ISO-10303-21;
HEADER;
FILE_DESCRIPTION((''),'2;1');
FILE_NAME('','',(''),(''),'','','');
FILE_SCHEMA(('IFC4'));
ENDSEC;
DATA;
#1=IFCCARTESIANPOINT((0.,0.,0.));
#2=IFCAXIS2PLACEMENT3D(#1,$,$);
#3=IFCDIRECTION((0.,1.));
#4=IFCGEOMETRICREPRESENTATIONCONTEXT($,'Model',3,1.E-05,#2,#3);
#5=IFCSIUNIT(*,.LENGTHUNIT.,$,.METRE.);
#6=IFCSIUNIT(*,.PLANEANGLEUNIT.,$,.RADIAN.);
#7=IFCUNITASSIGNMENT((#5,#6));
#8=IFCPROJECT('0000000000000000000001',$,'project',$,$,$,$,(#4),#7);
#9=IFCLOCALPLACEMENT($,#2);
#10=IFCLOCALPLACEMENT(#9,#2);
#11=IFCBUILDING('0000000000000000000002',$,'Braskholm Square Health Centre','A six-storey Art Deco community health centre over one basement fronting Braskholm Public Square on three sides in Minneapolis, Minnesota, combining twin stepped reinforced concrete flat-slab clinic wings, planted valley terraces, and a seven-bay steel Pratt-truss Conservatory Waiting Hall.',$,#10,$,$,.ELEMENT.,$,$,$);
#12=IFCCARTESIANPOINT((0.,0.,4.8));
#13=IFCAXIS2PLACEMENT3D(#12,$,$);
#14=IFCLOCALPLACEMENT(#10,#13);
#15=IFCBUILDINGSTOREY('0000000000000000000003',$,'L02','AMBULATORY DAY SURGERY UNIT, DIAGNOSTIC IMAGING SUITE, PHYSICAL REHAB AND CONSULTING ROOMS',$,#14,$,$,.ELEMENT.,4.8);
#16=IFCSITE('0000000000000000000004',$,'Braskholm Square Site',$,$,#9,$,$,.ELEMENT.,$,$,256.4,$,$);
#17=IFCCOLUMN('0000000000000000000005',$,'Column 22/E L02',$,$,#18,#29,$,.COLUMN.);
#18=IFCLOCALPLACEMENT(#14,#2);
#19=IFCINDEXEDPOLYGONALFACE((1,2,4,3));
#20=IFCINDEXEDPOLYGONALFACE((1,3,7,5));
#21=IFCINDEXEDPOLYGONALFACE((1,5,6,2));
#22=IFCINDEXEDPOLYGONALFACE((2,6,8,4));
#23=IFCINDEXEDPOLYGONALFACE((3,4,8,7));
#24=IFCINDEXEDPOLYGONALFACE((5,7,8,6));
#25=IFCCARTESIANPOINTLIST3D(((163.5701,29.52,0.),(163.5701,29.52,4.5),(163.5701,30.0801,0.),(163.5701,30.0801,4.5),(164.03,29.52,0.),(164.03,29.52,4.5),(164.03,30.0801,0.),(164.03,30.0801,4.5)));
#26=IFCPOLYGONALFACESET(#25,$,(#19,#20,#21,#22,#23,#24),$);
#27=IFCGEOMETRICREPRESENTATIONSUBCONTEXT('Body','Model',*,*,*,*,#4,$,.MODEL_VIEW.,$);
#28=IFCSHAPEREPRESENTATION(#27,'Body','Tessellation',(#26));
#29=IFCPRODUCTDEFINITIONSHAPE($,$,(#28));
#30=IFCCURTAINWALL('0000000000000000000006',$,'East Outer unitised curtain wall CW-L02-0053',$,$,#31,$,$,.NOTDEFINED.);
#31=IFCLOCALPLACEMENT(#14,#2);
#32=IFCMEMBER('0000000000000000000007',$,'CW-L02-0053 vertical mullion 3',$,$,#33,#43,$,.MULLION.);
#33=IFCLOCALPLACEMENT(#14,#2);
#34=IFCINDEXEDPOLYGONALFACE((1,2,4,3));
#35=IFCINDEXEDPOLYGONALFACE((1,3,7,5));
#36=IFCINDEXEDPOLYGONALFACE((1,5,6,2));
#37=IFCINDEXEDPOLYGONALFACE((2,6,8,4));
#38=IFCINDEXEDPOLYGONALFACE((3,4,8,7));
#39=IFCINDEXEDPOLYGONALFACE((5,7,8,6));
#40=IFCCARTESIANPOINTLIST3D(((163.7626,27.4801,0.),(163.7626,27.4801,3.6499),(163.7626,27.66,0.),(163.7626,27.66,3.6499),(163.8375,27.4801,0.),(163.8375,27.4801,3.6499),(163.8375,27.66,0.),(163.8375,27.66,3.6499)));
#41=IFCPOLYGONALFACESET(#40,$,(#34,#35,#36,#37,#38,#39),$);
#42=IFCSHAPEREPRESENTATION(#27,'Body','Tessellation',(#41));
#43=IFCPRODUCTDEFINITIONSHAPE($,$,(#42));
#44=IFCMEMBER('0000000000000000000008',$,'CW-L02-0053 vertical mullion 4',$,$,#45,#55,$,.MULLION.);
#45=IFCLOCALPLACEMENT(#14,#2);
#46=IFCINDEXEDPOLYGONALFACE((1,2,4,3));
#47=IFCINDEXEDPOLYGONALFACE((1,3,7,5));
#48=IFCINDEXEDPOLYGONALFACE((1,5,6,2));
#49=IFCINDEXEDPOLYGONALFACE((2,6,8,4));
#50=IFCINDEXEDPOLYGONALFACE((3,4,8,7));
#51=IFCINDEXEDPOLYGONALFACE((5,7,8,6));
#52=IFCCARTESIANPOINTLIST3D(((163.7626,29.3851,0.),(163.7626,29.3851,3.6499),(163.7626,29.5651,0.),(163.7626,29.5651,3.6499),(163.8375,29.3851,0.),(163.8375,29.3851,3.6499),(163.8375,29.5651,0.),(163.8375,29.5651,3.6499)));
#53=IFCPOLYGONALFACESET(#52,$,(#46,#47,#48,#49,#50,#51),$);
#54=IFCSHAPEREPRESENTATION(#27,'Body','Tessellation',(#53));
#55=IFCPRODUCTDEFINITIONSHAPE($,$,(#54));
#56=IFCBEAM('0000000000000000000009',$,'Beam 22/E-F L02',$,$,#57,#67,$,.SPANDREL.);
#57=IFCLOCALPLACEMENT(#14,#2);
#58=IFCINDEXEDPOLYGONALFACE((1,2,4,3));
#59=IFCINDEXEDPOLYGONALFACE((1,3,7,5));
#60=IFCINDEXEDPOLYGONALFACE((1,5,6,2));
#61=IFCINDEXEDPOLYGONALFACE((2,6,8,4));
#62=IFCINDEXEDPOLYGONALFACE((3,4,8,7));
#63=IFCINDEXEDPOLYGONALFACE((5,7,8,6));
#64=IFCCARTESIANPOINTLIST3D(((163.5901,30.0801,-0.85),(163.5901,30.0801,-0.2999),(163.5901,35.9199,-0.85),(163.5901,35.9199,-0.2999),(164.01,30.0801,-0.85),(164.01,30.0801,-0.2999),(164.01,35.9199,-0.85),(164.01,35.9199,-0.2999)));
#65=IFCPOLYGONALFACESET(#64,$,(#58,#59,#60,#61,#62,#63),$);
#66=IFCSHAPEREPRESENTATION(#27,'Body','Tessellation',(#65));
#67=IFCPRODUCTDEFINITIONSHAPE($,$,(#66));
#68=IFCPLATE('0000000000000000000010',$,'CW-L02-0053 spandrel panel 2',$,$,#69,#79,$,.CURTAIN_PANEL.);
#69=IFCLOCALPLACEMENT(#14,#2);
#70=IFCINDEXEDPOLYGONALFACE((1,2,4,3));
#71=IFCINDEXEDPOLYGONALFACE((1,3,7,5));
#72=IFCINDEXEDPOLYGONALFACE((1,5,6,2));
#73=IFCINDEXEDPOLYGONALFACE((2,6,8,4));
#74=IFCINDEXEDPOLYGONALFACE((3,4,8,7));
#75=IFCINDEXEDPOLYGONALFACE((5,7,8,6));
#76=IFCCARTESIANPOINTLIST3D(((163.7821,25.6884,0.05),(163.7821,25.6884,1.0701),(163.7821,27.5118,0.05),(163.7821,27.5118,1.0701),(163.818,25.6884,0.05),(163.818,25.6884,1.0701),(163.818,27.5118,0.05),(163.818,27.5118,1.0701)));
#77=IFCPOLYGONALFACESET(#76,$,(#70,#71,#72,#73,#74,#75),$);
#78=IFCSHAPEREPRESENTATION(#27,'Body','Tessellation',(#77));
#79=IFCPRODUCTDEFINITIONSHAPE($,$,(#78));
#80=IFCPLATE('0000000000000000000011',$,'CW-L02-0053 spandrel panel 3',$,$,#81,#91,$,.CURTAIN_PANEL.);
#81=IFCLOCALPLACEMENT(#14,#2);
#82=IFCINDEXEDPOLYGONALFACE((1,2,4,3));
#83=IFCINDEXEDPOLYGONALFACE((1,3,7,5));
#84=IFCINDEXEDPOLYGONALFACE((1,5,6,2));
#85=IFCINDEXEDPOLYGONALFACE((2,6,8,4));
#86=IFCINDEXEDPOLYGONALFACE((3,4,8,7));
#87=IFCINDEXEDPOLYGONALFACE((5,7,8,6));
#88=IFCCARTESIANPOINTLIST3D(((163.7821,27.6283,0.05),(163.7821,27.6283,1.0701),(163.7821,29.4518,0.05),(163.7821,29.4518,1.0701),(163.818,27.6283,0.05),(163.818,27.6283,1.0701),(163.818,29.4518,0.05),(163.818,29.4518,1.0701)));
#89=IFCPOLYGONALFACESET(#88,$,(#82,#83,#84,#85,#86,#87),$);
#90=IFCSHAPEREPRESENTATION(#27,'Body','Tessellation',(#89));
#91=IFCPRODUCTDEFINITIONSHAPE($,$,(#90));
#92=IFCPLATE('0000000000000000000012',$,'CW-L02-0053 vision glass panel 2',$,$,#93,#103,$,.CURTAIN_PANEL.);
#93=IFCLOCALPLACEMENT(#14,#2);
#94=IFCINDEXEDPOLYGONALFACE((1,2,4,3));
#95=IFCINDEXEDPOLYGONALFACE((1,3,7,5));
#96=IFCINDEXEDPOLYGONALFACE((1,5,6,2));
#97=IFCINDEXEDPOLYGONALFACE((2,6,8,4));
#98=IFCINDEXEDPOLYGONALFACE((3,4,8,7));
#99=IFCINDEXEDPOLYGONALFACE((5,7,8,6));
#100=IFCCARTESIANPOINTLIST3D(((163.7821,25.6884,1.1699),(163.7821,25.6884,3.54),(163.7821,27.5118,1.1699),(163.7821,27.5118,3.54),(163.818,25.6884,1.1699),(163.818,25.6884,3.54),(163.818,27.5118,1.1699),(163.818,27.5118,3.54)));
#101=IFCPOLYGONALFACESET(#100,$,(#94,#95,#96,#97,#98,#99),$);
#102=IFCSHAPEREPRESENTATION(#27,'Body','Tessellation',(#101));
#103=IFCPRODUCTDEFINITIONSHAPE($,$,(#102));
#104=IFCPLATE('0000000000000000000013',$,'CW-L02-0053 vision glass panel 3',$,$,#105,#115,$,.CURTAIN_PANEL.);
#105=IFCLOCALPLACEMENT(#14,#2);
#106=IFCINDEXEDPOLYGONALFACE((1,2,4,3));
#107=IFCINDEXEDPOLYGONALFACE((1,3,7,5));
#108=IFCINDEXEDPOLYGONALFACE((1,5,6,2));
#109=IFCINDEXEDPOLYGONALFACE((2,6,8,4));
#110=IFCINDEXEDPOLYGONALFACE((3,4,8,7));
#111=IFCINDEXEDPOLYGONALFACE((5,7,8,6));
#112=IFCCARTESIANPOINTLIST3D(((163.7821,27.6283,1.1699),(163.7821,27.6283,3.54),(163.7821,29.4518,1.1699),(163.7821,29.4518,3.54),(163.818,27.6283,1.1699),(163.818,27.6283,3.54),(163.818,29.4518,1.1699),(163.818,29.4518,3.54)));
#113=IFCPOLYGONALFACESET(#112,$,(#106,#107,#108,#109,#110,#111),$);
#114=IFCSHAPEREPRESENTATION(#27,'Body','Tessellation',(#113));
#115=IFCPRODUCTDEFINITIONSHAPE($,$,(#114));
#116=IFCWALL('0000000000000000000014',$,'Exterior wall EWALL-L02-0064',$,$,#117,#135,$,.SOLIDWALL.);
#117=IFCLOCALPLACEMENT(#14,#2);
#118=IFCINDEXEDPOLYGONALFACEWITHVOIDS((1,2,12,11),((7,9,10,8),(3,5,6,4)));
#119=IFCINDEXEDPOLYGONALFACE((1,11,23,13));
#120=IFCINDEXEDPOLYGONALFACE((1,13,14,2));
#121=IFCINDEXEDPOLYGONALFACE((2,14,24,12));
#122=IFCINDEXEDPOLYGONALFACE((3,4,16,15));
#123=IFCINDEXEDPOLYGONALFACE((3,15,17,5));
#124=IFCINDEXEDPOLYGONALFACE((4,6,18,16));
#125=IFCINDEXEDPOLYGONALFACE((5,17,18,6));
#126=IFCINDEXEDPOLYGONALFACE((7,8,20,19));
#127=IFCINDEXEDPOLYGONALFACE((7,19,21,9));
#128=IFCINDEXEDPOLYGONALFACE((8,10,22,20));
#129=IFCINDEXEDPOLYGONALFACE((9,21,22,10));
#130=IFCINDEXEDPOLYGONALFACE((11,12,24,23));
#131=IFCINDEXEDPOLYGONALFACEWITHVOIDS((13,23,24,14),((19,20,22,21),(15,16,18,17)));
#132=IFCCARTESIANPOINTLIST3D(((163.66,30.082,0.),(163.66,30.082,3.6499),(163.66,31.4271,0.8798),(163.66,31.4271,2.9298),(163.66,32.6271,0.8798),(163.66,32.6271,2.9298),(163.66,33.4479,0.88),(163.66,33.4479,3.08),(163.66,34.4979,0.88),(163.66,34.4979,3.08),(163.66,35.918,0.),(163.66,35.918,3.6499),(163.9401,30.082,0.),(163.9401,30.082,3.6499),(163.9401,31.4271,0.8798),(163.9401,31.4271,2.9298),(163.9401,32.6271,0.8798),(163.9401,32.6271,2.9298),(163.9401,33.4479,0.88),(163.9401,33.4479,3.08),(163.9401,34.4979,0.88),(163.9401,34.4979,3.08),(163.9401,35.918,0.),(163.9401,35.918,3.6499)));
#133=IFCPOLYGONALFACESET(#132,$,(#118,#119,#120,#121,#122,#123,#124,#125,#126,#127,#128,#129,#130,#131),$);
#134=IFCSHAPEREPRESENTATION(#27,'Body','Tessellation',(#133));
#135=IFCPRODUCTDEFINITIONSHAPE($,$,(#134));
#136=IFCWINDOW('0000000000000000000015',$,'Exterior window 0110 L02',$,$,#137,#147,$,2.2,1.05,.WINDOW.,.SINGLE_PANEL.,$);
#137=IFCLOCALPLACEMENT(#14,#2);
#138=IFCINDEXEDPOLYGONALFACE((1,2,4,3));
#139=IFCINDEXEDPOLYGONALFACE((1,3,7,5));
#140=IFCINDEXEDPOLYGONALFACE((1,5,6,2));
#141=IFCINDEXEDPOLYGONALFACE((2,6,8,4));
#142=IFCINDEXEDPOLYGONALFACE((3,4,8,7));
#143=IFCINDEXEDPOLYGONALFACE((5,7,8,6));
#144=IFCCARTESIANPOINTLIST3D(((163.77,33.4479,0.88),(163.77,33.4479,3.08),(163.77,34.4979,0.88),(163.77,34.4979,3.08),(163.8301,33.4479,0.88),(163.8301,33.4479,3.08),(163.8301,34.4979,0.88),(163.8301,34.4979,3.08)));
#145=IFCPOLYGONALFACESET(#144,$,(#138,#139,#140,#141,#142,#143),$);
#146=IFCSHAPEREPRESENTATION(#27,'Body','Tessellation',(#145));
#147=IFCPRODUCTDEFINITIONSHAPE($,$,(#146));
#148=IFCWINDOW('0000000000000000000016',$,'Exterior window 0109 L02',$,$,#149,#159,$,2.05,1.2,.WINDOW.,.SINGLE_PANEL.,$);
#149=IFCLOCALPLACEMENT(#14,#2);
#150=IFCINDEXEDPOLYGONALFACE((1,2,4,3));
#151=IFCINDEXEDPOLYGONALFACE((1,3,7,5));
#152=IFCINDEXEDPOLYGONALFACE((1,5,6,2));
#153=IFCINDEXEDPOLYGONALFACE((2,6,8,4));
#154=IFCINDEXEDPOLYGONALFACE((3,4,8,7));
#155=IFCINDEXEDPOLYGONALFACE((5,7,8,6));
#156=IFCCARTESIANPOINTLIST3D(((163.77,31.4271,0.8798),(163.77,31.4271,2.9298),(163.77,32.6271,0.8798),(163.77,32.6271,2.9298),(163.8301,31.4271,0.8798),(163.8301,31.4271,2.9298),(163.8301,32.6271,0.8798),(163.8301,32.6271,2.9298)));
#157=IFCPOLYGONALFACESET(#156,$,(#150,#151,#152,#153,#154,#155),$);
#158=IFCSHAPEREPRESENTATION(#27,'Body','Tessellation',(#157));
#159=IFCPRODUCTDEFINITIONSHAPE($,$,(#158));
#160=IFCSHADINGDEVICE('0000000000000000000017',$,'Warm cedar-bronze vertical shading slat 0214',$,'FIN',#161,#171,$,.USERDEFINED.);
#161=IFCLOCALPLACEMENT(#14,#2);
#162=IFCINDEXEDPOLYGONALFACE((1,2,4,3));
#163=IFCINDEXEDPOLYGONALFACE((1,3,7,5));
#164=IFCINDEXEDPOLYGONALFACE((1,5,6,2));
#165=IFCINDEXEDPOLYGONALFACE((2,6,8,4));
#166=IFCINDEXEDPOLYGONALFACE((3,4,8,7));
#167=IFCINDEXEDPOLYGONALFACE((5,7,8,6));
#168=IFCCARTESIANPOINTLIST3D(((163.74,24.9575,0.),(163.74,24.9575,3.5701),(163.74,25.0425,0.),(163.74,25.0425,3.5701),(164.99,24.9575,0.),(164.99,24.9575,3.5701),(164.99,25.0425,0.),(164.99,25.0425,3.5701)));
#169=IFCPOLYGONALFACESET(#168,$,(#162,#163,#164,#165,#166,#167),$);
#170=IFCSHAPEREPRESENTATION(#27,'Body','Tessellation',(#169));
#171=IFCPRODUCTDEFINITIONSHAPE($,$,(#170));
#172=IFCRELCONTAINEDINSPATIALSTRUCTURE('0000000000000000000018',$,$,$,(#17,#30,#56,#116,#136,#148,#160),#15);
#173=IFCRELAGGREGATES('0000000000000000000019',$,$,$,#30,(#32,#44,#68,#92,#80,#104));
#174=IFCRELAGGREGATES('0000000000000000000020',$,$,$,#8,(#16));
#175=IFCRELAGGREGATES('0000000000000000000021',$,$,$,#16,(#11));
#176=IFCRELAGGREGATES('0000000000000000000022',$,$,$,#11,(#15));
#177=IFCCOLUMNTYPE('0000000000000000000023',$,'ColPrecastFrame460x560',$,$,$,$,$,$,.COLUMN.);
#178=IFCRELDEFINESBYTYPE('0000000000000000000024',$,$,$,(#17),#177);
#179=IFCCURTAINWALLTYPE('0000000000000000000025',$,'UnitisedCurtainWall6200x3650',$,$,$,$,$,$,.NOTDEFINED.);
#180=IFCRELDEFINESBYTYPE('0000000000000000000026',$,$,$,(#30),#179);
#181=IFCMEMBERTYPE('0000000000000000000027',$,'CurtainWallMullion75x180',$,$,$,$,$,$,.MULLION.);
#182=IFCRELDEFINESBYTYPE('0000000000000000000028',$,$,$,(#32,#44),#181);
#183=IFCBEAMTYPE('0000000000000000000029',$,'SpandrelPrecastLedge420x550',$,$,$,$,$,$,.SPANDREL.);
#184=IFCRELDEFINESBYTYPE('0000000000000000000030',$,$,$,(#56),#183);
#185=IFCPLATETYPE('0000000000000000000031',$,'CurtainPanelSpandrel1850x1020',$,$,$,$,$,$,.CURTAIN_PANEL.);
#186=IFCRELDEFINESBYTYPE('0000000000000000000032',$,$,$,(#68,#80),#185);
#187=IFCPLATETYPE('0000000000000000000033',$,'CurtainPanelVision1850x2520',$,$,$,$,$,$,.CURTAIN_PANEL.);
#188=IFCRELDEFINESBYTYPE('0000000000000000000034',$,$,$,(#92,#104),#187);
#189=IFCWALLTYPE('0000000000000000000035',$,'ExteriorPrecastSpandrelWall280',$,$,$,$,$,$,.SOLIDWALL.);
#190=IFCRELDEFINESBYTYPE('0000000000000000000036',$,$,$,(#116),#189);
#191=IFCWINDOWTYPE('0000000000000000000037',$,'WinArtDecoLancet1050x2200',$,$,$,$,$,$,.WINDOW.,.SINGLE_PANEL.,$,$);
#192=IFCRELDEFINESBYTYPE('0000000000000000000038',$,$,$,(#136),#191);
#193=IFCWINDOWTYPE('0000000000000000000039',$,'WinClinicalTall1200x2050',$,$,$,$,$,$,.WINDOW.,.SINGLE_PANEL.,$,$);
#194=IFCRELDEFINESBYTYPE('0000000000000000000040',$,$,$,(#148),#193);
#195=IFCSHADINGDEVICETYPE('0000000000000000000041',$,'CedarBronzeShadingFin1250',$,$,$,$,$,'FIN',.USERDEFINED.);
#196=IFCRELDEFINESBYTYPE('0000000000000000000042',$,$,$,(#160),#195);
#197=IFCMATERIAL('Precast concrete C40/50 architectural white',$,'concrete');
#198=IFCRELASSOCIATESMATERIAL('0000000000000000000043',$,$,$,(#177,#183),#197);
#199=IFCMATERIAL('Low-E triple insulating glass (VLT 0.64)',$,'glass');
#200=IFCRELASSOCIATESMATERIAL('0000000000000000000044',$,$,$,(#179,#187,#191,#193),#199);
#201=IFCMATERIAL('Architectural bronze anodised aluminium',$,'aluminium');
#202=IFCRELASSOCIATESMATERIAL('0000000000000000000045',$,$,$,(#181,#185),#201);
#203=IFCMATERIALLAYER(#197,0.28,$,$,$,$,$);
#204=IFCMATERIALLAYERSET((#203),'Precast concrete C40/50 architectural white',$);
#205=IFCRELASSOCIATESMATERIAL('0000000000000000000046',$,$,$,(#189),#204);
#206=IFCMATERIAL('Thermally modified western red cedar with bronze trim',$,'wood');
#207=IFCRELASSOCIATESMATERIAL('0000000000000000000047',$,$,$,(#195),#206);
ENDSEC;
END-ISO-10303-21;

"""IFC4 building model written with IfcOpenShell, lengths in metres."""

from ifc_helpers import new_model, si_unit, direction, frame, frame_2d, origin, origin_with_axes, origin_2d, place, context, subcontext, project, spatial, rectangle, extrude, material, layer, layer_set, material_profile, profile_set, type_object, element, fill, aggregate, save


model = new_model("IFC4")

# Units and contexts
model_context = context("Model", 3, precision=1e-05, world=origin(), true_north=direction((0.0, 1.0)))
body_context = subcontext(model_context, "Body", "Model", "MODEL_VIEW")
ifc_project = project(units=[si_unit("LENGTHUNIT", "METRE"), si_unit("PLANEANGLEUNIT", "RADIAN")], contexts=[model_context])

# Site, building, storey
site_placement = place(None, origin())
site = spatial("IfcSite", under=ifc_project, at=site_placement, Name="Braskholm Square Site", CompositionType="ELEMENT", RefElevation=256.4)
building_placement = place(site_placement, origin())
building = spatial("IfcBuilding", under=site, at=building_placement, Name="Braskholm Square Health Centre", Description="A six-storey Art Deco community health centre over one basement fronting Braskholm Public Square on three sides in Minneapolis, Minnesota, combining twin stepped reinforced concrete flat-slab clinic wings, planted valley terraces, and a seven-bay steel Pratt-truss Conservatory Waiting Hall.", CompositionType="ELEMENT")
storey_placement = place(building_placement, frame((0.0, 0.0, 4.8)))
storey = spatial("IfcBuildingStorey", under=building, at=storey_placement, Name="L02", Description="AMBULATORY DAY SURGERY UNIT, DIAGNOSTIC IMAGING SUITE, PHYSICAL REHAB AND CONSULTING ROOMS", CompositionType="ELEMENT", Elevation=4.8)

# Column
ifc_material_1 = material(Name="Precast concrete C40/50 architectural white", Category="concrete")
ifc_material_profile_1 = material_profile(ifc_material_1, rectangle(XDim=0.46, YDim=0.5601, at=origin_2d()), Name="RC-460X560")
ifc_profile_set_1 = profile_set([ifc_material_profile_1], Name="Precast concrete C40/50 architectural white")
column_type = type_object("IfcColumnType", Name="ColPrecastFrame460x560", PredefinedType="COLUMN", material=ifc_profile_set_1)
column_placement = place(storey_placement, frame((163.8, 29.8, 0.0), z_axis=(0.0, 0.0, 1.0), x_axis=(1.0, 0.0, 0.0)))
element("IfcColumn", 1, at=column_placement, inside=storey, type_object=column_type, Name="Column 22/E L02", PredefinedType="COLUMN", context=body_context, shape_type="SweptSolid", body=[
    extrude(rectangle(XDim=0.46, YDim=0.5601, at=origin_2d()), origin(), (0.0, 0.0, 1.0), 4.5),
])

# Curtain wall, members
ifc_material_2 = material(Name="Low-E triple insulating glass (VLT 0.64)", Category="glass")
curtain_wall_type = type_object("IfcCurtainWallType", Name="UnitisedCurtainWall6200x3650", PredefinedType="NOTDEFINED", material=ifc_material_2)
curtain_wall_placement = place(storey_placement, origin())
curtain_wall = element("IfcCurtainWall", 2, at=curtain_wall_placement, inside=storey, type_object=curtain_wall_type, Name="East Outer unitised curtain wall CW-L02-0053", PredefinedType="NOTDEFINED")
ifc_material_3 = material(Name="Architectural bronze anodised aluminium", Category="aluminium")
ifc_material_profile_2 = material_profile(ifc_material_3, rectangle(XDim=0.075, YDim=0.1799, at=origin_2d()), Name="ALU-75X180")
ifc_profile_set_2 = profile_set([ifc_material_profile_2], Name="Architectural bronze anodised aluminium")
member_type = type_object("IfcMemberType", Name="CurtainWallMullion75x180", PredefinedType="MULLION", material=ifc_profile_set_2)
member_1_placement = place(storey_placement, frame((163.8, 27.5701, 0.0), z_axis=(0.0, 0.0, 1.0), x_axis=(1.0, 0.0, 0.0)))
member_1 = element("IfcMember", 3, at=member_1_placement, type_object=member_type, Name="CW-L02-0053 vertical mullion 3", PredefinedType="MULLION", context=body_context, shape_type="SweptSolid", body=[
    extrude(rectangle(XDim=0.075, YDim=0.1799, at=origin_2d()), origin(), (0.0, 0.0, 1.0), 3.6499),
])
member_2_placement = place(storey_placement, frame((163.8, 29.4751, 0.0), z_axis=(0.0, 0.0, 1.0), x_axis=(1.0, 0.0, 0.0)))
member_2 = element("IfcMember", 4, at=member_2_placement, type_object=member_type, Name="CW-L02-0053 vertical mullion 4", PredefinedType="MULLION", context=body_context, shape_type="SweptSolid", body=[
    extrude(rectangle(XDim=0.075, YDim=0.1799, at=origin_2d()), origin(), (0.0, 0.0, 1.0), 3.6499),
])

# Beam
ifc_material_profile_3 = material_profile(ifc_material_1, rectangle(XDim=0.4199, YDim=0.55, at=origin_2d()), Name="RCB-420X550")
ifc_profile_set_3 = profile_set([ifc_material_profile_3], Name="Precast concrete C40/50 architectural white")
beam_type = type_object("IfcBeamType", Name="SpandrelPrecastLedge420x550", PredefinedType="SPANDREL", material=ifc_profile_set_3)
beam_placement = place(storey_placement, frame((163.8, 30.0801, -0.575), z_axis=(0.0, 1.0, 0.0), x_axis=(-1.0, 0.0, 0.0)))
element("IfcBeam", 5, at=beam_placement, inside=storey, type_object=beam_type, Name="Beam 22/E-F L02", PredefinedType="SPANDREL", context=body_context, shape_type="SweptSolid", body=[
    extrude(rectangle(XDim=0.4199, YDim=0.55, at=origin_2d()), origin(), (0.0, 0.0, 1.0), 5.8398),
])

# Plates
plate_type_1 = type_object("IfcPlateType", Name="CurtainPanelSpandrel1850x1020", PredefinedType="CURTAIN_PANEL", material=ifc_material_3)
plate_1_placement = place(storey_placement, frame((163.8, 26.6001, 0.05), z_axis=(0.0, 0.0, 1.0), x_axis=(0.0, 1.0, 0.0)))
plate_1 = element("IfcPlate", 6, at=plate_1_placement, type_object=plate_type_1, Name="CW-L02-0053 spandrel panel 2", PredefinedType="CURTAIN_PANEL", context=body_context, shape_type="SweptSolid", body=[
    extrude(rectangle(XDim=1.8235, YDim=0.0359, at=origin_2d()), origin(), (0.0, 0.0, 1.0), 1.02),
])
plate_2_placement = place(storey_placement, frame((163.8, 28.54, 0.05), z_axis=(0.0, 0.0, 1.0), x_axis=(0.0, 1.0, 0.0)))
plate_2 = element("IfcPlate", 7, at=plate_2_placement, type_object=plate_type_1, Name="CW-L02-0053 spandrel panel 3", PredefinedType="CURTAIN_PANEL", context=body_context, shape_type="SweptSolid", body=[
    extrude(rectangle(XDim=1.8235, YDim=0.0359, at=origin_2d()), origin(), (0.0, 0.0, 1.0), 1.02),
])
plate_type_2 = type_object("IfcPlateType", Name="CurtainPanelVision1850x2520", PredefinedType="CURTAIN_PANEL", material=ifc_material_2)
plate_3_placement = place(storey_placement, frame((163.8, 26.6001, 1.1699), z_axis=(0.0, 0.0, 1.0), x_axis=(0.0, 1.0, 0.0)))
plate_3 = element("IfcPlate", 8, at=plate_3_placement, type_object=plate_type_2, Name="CW-L02-0053 vision glass panel 2", PredefinedType="CURTAIN_PANEL", context=body_context, shape_type="SweptSolid", body=[
    extrude(rectangle(XDim=1.8235, YDim=0.0359, at=origin_2d()), origin(), (0.0, 0.0, 1.0), 2.3701),
])
plate_4_placement = place(storey_placement, frame((163.8, 28.54, 1.1699), z_axis=(0.0, 0.0, 1.0), x_axis=(0.0, 1.0, 0.0)))
plate_4 = element("IfcPlate", 9, at=plate_4_placement, type_object=plate_type_2, Name="CW-L02-0053 vision glass panel 3", PredefinedType="CURTAIN_PANEL", context=body_context, shape_type="SweptSolid", body=[
    extrude(rectangle(XDim=1.8235, YDim=0.0359, at=origin_2d()), origin(), (0.0, 0.0, 1.0), 2.3701),
])
aggregate(curtain_wall, [member_1, member_2, plate_1, plate_3, plate_2, plate_4])

# Wall, openings, windows
ifc_layer_1 = layer(ifc_material_1, 0.28)
ifc_layer_set_1 = layer_set([ifc_layer_1], Name="Precast concrete C40/50 architectural white")
wall_type = type_object("IfcWallType", Name="ExteriorPrecastSpandrelWall280", PredefinedType="SOLIDWALL", material=ifc_layer_set_1)
wall_placement = place(storey_placement, frame((163.8, 30.082, 0.0), z_axis=(0.0, 0.0, 1.0), x_axis=(0.0, 1.0, 0.0)))
wall = element("IfcWall", 10, at=wall_placement, inside=storey, type_object=wall_type, Name="Exterior wall EWALL-L02-0064", PredefinedType="SOLIDWALL", context=body_context, shape_type="SweptSolid", body=[
    extrude(rectangle(XDim=5.8359, YDim=0.28, at=frame_2d((2.918, 0.0))), origin(), (0.0, 0.0, 1.0), 3.6499),
])
opening_1_placement = place(wall_placement, frame((1.345, 0.0, 0.8799)))
opening_1 = element("IfcOpeningElement", 11, at=opening_1_placement, cuts=wall, PredefinedType="OPENING", context=body_context, shape_type="SweptSolid", body=[
    extrude(rectangle(XDim=1.2, YDim=2.05, at=frame_2d((0.6001, 1.0249))), frame((0.0, 0.1499, 0.0), z_axis=(0.0, -1.0, 0.0), x_axis=(1.0, 0.0, 0.0)), (0.0, 0.0, 1.0), 0.3),
])
opening_2_placement = place(wall_placement, frame((3.366, 0.0, 0.8799)))
opening_2 = element("IfcOpeningElement", 12, at=opening_2_placement, cuts=wall, PredefinedType="OPENING", context=body_context, shape_type="SweptSolid", body=[
    extrude(rectangle(XDim=1.05, YDim=2.2, at=frame_2d((0.5249, 1.1001))), frame((0.0, 0.1499, 0.0), z_axis=(0.0, -1.0, 0.0), x_axis=(1.0, 0.0, 0.0)), (0.0, 0.0, 1.0), 0.3),
])
window_type_1 = type_object("IfcWindowType", Name="WinArtDecoLancet1050x2200", PartitioningType="SINGLE_PANEL", PredefinedType="WINDOW", material=ifc_material_2)
window_1_placement = place(opening_2_placement, origin_with_axes())
window_1 = element("IfcWindow", 13, at=window_1_placement, inside=storey, type_object=window_type_1, Name="Exterior window 0110 L02", OverallHeight=2.2, OverallWidth=1.05, PartitioningType="SINGLE_PANEL", PredefinedType="WINDOW", context=body_context, shape_type="SweptSolid", body=[
    extrude(rectangle(XDim=1.05, YDim=2.2, at=frame_2d((0.5249, 1.1001))), frame((0.0, 0.03, 0.0), z_axis=(0.0, -1.0, 0.0), x_axis=(1.0, 0.0, 0.0)), (0.0, 0.0, 1.0), 0.0601),
])
fill(opening_2, window_1)
window_type_2 = type_object("IfcWindowType", Name="WinClinicalTall1200x2050", PartitioningType="SINGLE_PANEL", PredefinedType="WINDOW", material=ifc_material_2)
window_2_placement = place(opening_1_placement, origin_with_axes())
window_2 = element("IfcWindow", 14, at=window_2_placement, inside=storey, type_object=window_type_2, Name="Exterior window 0109 L02", OverallHeight=2.05, OverallWidth=1.2, PartitioningType="SINGLE_PANEL", PredefinedType="WINDOW", context=body_context, shape_type="SweptSolid", body=[
    extrude(rectangle(XDim=1.2, YDim=2.05, at=frame_2d((0.6001, 1.0249))), frame((0.0, 0.03, 0.0), z_axis=(0.0, -1.0, 0.0), x_axis=(1.0, 0.0, 0.0)), (0.0, 0.0, 1.0), 0.0601),
])
fill(opening_1, window_2)

# Shading device
ifc_material_4 = material(Name="Thermally modified western red cedar with bronze trim", Category="wood")
shading_device_type = type_object("IfcShadingDeviceType", Name="CedarBronzeShadingFin1250", ElementType="FIN", PredefinedType="USERDEFINED", material=ifc_material_4)
for number, where, z_axis, x_axis, name in (
    (15, (164.365, 25.0, 0.0), (0.0, 0.0, 1.0), (1.0, 0.0, 0.0), "Warm cedar-bronze vertical shading slat 0214"),
):
    element("IfcShadingDevice", number, at=place(storey_placement, frame(where, z_axis=z_axis, x_axis=x_axis)), inside=storey, type_object=shading_device_type, Name=name, ObjectType="FIN", PredefinedType="USERDEFINED", context=body_context, shape_type="SweptSolid", body=[
        extrude(rectangle(XDim=1.25, YDim=0.085, at=origin_2d()), origin(), (0.0, 0.0, 1.0), 3.5701),
    ])

save(model, "model.ifc")
